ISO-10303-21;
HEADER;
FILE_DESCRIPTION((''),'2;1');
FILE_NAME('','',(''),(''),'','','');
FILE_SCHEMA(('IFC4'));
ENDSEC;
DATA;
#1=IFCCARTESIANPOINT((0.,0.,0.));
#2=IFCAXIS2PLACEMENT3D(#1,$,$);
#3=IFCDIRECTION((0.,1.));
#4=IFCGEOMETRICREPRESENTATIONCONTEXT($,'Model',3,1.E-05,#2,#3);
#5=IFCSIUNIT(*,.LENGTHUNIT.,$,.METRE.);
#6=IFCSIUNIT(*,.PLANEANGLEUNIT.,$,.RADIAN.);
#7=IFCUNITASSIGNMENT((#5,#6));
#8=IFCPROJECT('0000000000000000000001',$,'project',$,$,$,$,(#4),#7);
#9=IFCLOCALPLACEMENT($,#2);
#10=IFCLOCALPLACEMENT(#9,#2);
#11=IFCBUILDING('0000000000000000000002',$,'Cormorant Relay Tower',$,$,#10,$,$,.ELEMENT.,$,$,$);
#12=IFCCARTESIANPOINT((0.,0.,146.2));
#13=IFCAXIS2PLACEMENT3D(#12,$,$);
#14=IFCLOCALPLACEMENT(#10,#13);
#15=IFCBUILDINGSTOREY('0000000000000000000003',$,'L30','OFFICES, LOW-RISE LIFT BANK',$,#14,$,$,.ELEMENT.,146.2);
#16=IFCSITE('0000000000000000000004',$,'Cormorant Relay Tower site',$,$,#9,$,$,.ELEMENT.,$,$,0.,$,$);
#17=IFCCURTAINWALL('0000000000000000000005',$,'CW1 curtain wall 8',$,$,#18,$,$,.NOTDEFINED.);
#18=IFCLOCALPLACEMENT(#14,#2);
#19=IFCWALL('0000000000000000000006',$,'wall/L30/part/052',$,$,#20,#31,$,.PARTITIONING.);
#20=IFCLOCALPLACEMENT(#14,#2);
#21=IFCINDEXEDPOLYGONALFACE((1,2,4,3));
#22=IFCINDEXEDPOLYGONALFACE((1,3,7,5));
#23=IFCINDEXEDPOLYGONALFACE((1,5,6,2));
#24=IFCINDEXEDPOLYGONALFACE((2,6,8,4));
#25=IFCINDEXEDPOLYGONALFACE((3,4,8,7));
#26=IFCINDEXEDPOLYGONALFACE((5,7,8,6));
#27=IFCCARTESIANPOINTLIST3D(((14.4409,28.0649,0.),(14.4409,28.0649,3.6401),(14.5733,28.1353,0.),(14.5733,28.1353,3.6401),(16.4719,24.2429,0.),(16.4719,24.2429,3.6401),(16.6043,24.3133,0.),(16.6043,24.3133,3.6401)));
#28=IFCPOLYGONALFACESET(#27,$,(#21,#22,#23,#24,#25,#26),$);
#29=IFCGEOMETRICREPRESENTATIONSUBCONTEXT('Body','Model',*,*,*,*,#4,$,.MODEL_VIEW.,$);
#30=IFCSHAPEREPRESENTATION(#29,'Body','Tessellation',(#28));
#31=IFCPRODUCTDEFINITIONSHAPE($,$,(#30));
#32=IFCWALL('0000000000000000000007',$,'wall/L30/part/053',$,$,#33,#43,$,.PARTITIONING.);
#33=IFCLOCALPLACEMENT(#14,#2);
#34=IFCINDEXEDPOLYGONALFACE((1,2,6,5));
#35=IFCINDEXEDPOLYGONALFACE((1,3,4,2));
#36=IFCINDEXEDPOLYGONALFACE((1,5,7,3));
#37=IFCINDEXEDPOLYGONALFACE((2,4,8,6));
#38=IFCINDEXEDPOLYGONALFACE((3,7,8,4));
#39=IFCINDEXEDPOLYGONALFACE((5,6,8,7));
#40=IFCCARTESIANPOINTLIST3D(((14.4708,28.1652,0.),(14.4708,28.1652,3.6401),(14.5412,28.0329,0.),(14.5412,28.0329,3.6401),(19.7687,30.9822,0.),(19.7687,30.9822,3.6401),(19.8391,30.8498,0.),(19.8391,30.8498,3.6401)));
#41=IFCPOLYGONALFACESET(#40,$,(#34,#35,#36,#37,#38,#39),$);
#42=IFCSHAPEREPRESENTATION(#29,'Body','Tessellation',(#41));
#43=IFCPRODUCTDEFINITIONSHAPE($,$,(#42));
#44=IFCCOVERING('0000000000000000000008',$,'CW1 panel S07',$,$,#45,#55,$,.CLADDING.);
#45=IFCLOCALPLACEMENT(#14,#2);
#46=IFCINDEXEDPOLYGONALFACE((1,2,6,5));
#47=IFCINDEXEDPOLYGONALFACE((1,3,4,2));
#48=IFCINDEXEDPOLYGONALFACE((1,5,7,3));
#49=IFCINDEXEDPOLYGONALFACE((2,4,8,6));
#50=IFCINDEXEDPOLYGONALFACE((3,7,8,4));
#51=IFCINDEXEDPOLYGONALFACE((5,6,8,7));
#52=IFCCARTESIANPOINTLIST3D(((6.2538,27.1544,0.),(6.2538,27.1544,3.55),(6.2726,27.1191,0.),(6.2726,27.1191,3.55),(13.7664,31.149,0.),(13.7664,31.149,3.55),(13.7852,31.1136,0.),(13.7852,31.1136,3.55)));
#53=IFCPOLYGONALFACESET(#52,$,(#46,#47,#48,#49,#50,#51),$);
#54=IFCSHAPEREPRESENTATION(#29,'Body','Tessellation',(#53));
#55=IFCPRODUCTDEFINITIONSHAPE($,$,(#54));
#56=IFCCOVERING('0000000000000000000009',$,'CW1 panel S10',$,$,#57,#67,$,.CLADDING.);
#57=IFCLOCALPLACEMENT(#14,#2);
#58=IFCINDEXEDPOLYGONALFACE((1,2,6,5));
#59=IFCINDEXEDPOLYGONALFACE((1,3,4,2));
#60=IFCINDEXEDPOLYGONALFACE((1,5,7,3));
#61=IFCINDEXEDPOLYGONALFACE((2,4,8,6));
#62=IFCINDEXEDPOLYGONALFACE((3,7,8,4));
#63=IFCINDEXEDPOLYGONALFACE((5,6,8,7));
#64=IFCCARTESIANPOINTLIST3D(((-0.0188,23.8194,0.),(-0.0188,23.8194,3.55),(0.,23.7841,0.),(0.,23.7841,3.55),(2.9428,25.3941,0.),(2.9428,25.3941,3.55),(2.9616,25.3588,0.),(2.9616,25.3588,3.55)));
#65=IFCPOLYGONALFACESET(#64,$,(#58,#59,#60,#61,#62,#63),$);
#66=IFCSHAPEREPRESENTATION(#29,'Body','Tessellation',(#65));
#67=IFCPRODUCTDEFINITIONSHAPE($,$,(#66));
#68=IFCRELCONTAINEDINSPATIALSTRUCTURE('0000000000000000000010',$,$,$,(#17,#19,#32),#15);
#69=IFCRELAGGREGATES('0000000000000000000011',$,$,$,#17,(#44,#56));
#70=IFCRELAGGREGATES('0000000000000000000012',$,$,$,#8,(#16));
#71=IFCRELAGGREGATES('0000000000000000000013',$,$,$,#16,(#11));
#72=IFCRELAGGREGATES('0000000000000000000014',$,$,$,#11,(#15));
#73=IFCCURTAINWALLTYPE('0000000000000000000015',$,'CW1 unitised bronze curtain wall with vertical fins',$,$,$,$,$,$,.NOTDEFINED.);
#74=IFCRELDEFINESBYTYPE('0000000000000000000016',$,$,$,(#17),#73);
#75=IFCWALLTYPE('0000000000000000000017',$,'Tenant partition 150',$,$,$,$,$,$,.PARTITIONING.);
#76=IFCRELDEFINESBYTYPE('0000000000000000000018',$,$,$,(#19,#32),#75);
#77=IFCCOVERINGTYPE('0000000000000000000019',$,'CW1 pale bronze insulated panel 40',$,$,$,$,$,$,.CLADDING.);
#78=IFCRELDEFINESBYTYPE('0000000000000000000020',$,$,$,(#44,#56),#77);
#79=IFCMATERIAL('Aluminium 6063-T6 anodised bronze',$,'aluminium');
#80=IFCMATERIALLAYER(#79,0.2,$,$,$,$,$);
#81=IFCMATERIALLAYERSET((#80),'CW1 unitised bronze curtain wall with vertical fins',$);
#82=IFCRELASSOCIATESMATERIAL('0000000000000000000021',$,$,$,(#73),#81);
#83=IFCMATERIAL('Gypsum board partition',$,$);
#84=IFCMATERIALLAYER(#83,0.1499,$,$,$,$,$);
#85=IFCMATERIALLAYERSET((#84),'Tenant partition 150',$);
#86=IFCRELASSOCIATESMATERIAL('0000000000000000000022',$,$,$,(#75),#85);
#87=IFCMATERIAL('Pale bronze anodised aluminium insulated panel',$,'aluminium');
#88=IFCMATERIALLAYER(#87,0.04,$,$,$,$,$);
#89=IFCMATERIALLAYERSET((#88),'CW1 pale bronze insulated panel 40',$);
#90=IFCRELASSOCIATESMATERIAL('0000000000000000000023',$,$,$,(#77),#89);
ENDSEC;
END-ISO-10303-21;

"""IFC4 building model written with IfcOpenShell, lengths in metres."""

from ifc_helpers import new_model, si_unit, direction, frame, frame_2d, origin, origin_2d, place, context, subcontext, project, spatial, rectangle, extrude, material, layer, layer_set, type_object, element, aggregate, save


model = new_model("IFC4")

# Units and contexts
model_context = context("Model", 3, precision=1e-05, world=origin(), true_north=direction((0.0, 1.0)))
body_context = subcontext(model_context, "Body", "Model", "MODEL_VIEW")
ifc_project = project(units=[si_unit("LENGTHUNIT", "METRE"), si_unit("PLANEANGLEUNIT", "RADIAN")], contexts=[model_context])

# Site, building, storey
site_placement = place(None, origin())
site = spatial("IfcSite", under=ifc_project, at=site_placement, Name="Cormorant Relay Tower site", CompositionType="ELEMENT", RefElevation=0.0)
building_placement = place(site_placement, origin())
building = spatial("IfcBuilding", under=site, at=building_placement, Name="Cormorant Relay Tower", CompositionType="ELEMENT")
storey_placement = place(building_placement, frame((0.0, 0.0, 146.2)))
storey = spatial("IfcBuildingStorey", under=building, at=storey_placement, Name="L30", Description="OFFICES, LOW-RISE LIFT BANK", CompositionType="ELEMENT", Elevation=146.2)

# Curtain wall
ifc_material_1 = material(Name="Aluminium 6063-T6 anodised bronze", Category="aluminium")
ifc_layer_1 = layer(ifc_material_1, 0.2)
ifc_layer_set_1 = layer_set([ifc_layer_1], Name="CW1 unitised bronze curtain wall with vertical fins")
curtain_wall_type = type_object("IfcCurtainWallType", Name="CW1 unitised bronze curtain wall with vertical fins", PredefinedType="NOTDEFINED", material=ifc_layer_set_1)
curtain_wall_1_placement = place(storey_placement, origin())
curtain_wall_1 = element("IfcCurtainWall", 1, at=curtain_wall_1_placement, inside=storey, type_object=curtain_wall_type, Name="CW1 curtain wall 8", PredefinedType="NOTDEFINED")

# Walls
ifc_material_2 = material(Name="Gypsum board partition")
ifc_layer_2 = layer(ifc_material_2, 0.1499)
ifc_layer_set_2 = layer_set([ifc_layer_2], Name="Tenant partition 150")
wall_type_1 = type_object("IfcWallType", Name="Tenant partition 150", PredefinedType="PARTITIONING", material=ifc_layer_set_2)
wall_1_placement = place(storey_placement, frame((14.5071, 28.1001, 0.0), z_axis=(0.0, 0.0, 1.0), x_axis=(0.469256, -0.883062, 0.0)))
element("IfcWall", 2, at=wall_1_placement, inside=storey, type_object=wall_type_1, Name="wall/L30/part/052", PredefinedType="PARTITIONING", context=body_context, shape_type="SweptSolid", body=[
    extrude(rectangle(XDim=4.3281, YDim=0.1499, at=frame_2d((2.1641, 0.0))), origin(), (0.0, 0.0, 1.0), 3.6401),
])
wall_2_placement = place(storey_placement, frame((14.5061, 28.0991, 0.0), z_axis=(0.0, 0.0, 1.0), x_axis=(0.882949, 0.469469, 0.0)))
element("IfcWall", 3, at=wall_2_placement, inside=storey, type_object=wall_type_1, Name="wall/L30/part/053", PredefinedType="PARTITIONING", context=body_context, shape_type="SweptSolid", body=[
    extrude(rectangle(XDim=6.0002, YDim=0.1499, at=frame_2d((3.0, 0.0))), origin(), (0.0, 0.0, 1.0), 3.6401),
])

# Coverings
ifc_material_3 = material(Name="Pale bronze anodised aluminium insulated panel", Category="aluminium")
ifc_layer_3 = layer(ifc_material_3, 0.04)
ifc_layer_set_3 = layer_set([ifc_layer_3], Name="CW1 pale bronze insulated panel 40")
covering_type = type_object("IfcCoveringType", Name="CW1 pale bronze insulated panel 40", PredefinedType="CLADDING", material=ifc_layer_set_3)
covering_1_placement = place(storey_placement, frame((10.0195, 29.134, 0.0), z_axis=(0.0, 0.0, 1.0), x_axis=(-0.882948, -0.469472, 0.0)))
covering_1 = element("IfcCovering", 4, at=covering_1_placement, type_object=covering_type, Name="CW1 panel S07", PredefinedType="CLADDING", context=body_context, shape_type="SweptSolid", body=[
    extrude(rectangle(XDim=8.5085, YDim=0.04, at=origin_2d()), origin(), (0.0, 0.0, 1.0), 3.55),
])
covering_2_placement = place(storey_placement, frame((1.4714, 24.5891, 0.0), z_axis=(0.0, 0.0, 1.0), x_axis=(-0.882948, -0.469472, 0.0)))
covering_2 = element("IfcCovering", 5, at=covering_2_placement, type_object=covering_type, Name="CW1 panel S10", PredefinedType="CLADDING", context=body_context, shape_type="SweptSolid", body=[
    extrude(rectangle(XDim=3.3542, YDim=0.04, at=origin_2d()), origin(), (0.0, 0.0, 1.0), 3.55),
])
aggregate(curtain_wall_1, [covering_1, covering_2])

save(model, "model.ifc")
